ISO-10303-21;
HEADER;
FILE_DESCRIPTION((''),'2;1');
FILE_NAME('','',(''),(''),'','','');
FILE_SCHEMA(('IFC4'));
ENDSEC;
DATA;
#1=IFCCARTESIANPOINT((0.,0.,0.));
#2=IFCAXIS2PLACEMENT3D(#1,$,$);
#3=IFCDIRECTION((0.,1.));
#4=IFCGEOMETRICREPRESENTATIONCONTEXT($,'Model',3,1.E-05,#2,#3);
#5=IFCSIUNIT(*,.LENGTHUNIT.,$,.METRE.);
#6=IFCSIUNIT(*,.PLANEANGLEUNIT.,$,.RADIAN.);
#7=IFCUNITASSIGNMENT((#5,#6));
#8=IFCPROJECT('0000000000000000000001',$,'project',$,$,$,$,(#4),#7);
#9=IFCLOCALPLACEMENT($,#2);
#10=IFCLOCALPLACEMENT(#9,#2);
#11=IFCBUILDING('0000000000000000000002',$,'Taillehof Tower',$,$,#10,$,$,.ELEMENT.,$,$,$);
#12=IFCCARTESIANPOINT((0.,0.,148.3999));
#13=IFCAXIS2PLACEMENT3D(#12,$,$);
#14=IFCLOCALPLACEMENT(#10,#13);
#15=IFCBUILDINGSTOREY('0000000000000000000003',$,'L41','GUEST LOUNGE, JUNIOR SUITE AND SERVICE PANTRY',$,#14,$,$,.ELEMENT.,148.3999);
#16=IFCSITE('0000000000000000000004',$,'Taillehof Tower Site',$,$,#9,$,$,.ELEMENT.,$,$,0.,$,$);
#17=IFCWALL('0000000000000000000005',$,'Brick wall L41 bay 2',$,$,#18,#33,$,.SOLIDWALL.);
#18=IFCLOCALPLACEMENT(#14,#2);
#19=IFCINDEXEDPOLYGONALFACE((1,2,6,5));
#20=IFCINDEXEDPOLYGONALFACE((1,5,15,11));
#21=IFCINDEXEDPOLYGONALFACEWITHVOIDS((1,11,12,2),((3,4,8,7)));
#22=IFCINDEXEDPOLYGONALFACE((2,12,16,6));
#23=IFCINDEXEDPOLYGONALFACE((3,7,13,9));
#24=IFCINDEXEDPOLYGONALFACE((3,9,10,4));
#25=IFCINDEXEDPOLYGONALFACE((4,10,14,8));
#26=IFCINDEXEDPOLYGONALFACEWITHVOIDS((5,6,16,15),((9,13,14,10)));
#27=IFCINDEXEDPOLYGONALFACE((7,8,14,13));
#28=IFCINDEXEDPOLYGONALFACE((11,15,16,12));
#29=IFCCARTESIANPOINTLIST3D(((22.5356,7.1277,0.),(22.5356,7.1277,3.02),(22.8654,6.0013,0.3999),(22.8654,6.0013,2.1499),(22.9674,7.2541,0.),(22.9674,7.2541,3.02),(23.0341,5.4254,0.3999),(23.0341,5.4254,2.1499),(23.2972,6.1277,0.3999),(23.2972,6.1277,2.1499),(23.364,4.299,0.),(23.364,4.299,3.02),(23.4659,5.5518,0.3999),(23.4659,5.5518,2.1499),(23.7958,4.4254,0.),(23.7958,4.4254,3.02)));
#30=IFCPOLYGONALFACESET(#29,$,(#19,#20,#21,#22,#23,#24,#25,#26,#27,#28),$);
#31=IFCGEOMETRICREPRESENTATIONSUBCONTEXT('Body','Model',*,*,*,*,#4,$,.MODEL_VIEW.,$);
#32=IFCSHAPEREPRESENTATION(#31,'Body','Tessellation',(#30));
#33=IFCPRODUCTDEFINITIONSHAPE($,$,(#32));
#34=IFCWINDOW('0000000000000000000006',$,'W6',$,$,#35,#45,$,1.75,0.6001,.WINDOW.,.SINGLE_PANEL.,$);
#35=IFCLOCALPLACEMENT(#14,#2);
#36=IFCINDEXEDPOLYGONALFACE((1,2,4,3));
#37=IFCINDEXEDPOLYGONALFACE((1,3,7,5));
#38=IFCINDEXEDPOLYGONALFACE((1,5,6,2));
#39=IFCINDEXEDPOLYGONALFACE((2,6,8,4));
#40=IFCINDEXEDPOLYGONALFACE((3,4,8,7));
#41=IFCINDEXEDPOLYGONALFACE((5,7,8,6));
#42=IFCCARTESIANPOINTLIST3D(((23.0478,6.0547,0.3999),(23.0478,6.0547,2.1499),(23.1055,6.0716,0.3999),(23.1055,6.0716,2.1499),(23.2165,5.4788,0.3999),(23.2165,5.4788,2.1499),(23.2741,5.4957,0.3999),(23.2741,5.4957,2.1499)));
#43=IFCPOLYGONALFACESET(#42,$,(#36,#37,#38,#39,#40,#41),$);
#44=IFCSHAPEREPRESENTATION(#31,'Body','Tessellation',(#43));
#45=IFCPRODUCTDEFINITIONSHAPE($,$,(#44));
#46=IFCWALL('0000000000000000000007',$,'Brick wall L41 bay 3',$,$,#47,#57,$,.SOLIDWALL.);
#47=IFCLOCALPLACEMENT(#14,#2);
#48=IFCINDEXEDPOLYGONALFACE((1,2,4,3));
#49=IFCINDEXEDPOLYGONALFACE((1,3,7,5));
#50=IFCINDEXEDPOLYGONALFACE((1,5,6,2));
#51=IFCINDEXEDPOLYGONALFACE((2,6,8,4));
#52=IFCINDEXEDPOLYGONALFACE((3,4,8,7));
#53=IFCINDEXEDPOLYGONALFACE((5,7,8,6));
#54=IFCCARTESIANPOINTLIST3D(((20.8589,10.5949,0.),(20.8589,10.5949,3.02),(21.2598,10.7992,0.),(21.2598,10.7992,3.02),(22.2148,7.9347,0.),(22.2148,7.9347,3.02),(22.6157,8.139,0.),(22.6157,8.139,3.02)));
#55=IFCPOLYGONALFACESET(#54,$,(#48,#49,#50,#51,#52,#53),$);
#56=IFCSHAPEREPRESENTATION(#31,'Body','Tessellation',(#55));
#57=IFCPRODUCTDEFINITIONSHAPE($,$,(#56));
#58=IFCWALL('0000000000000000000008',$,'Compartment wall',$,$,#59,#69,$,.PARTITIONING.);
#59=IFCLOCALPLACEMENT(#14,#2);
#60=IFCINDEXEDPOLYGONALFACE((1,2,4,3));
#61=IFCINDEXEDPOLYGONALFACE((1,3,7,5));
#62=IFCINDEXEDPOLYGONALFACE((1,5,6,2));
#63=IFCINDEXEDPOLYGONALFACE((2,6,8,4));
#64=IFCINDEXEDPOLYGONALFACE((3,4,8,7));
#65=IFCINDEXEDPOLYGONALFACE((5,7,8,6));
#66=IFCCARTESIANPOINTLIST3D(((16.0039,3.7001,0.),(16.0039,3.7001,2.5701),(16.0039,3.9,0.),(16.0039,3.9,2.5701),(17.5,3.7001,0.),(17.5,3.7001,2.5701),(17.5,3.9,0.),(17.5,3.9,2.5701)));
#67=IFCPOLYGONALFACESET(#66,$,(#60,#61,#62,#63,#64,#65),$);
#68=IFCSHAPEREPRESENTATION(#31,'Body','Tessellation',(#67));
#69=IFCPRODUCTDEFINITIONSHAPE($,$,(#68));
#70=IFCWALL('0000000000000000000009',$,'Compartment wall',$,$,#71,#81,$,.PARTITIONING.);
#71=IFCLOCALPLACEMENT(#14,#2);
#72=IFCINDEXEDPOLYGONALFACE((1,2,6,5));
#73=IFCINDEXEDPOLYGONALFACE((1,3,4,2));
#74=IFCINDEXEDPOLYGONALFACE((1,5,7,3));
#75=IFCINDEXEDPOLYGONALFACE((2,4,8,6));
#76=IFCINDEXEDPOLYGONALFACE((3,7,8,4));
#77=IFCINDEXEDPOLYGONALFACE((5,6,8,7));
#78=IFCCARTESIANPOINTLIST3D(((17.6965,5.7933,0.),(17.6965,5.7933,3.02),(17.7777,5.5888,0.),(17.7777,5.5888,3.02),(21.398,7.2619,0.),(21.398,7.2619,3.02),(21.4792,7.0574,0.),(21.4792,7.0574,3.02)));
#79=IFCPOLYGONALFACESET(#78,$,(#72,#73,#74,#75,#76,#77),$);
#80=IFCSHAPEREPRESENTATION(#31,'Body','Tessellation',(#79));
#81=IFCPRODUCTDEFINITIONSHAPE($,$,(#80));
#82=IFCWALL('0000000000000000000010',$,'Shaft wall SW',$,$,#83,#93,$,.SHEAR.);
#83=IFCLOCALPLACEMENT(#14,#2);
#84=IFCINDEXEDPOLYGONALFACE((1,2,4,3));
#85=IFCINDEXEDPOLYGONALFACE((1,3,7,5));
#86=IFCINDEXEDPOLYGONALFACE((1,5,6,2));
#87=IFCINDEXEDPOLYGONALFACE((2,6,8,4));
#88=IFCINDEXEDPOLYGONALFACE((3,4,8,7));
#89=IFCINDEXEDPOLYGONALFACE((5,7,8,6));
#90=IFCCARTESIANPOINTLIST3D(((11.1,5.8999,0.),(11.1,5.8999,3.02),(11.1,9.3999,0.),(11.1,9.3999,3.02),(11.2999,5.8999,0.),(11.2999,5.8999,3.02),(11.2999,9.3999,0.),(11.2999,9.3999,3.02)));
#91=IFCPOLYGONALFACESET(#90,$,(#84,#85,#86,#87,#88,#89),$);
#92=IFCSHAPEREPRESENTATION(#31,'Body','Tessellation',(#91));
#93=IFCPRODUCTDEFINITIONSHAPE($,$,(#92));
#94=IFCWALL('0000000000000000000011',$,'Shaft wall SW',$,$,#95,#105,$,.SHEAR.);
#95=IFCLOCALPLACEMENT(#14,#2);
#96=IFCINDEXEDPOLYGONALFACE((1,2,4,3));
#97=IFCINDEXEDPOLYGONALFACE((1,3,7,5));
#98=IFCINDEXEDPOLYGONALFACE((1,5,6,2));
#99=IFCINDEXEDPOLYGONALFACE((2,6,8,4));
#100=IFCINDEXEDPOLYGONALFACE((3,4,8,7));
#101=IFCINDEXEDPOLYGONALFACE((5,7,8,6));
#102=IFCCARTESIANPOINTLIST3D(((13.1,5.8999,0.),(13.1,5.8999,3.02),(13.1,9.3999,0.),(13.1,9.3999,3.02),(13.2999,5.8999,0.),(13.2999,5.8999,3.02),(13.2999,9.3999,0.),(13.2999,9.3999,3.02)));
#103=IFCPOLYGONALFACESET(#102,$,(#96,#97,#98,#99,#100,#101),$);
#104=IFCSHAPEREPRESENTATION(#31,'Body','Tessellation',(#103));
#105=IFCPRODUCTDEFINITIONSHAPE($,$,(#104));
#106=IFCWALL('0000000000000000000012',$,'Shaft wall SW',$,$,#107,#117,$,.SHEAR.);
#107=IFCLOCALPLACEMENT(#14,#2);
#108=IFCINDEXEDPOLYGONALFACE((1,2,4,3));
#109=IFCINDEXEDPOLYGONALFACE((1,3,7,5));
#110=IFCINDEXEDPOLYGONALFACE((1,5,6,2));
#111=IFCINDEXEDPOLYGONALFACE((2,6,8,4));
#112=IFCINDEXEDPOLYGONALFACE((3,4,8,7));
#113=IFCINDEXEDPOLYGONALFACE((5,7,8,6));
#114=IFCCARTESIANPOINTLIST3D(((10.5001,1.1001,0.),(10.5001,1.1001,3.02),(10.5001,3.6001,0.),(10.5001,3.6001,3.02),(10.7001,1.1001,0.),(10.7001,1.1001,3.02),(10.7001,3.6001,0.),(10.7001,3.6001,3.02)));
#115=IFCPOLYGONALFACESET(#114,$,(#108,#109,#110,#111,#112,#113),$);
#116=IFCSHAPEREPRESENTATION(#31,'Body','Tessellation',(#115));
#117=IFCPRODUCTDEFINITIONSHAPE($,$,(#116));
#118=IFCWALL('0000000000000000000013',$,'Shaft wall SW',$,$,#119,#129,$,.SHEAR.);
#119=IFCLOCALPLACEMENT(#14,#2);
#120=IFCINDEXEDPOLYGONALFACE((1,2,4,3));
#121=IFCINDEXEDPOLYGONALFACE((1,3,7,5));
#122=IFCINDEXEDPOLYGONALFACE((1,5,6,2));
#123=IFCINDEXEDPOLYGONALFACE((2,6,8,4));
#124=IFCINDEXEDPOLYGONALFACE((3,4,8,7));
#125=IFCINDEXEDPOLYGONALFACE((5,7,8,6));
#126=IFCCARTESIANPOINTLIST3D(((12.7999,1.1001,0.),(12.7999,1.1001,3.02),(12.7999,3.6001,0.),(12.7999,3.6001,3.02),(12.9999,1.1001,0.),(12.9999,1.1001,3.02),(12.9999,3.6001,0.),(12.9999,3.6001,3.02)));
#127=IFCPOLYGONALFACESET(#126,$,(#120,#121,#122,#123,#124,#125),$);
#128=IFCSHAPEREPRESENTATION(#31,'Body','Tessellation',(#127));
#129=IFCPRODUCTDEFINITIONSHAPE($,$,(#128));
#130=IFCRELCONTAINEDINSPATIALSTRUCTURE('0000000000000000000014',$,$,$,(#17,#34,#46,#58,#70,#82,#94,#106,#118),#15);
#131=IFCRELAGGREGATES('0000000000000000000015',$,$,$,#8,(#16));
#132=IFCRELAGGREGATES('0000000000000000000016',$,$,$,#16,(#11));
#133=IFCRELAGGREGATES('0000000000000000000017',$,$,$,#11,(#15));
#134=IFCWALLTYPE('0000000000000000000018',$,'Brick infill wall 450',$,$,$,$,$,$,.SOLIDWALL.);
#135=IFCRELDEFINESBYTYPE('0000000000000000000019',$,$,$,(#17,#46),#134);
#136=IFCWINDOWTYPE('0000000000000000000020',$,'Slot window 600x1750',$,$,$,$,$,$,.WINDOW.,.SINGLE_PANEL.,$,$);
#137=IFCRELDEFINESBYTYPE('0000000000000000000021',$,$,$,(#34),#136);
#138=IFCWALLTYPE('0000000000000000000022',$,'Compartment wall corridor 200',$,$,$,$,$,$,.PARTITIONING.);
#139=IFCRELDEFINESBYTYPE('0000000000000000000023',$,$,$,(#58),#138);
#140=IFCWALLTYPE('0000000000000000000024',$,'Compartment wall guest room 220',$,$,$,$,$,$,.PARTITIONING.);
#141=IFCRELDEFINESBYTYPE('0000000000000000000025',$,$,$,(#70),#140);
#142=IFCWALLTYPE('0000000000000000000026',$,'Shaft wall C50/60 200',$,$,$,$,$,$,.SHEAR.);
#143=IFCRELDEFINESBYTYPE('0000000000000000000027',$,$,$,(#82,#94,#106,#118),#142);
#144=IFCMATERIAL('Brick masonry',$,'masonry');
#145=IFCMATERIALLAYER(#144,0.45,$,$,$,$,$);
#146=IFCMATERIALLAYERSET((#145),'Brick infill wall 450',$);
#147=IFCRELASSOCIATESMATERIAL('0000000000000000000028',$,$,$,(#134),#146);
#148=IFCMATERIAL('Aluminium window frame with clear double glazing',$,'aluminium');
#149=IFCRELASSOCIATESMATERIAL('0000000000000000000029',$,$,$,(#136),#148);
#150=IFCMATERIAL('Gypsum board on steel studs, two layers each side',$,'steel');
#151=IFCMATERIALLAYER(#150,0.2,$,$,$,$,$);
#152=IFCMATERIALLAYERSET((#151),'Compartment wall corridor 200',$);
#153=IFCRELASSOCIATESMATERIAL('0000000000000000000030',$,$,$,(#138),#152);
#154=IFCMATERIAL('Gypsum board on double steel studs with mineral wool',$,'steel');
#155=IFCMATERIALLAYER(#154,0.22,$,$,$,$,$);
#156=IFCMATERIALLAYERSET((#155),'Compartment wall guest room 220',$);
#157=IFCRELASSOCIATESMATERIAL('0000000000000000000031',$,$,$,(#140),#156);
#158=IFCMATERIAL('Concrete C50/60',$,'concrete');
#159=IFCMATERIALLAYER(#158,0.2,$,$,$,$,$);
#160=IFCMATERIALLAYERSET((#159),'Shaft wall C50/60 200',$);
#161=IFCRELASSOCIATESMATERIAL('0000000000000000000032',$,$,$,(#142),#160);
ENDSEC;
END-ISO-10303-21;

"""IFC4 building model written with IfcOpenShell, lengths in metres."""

from ifc_helpers import new_model, si_unit, direction, frame, frame_2d, origin, place, context, subcontext, project, spatial, rectangle, extrude, material, layer, layer_set, type_object, element, fill, save


model = new_model("IFC4")

# Units and contexts
model_context = context("Model", 3, precision=1e-05, world=origin(), true_north=direction((0.0, 1.0)))
body_context = subcontext(model_context, "Body", "Model", "MODEL_VIEW")
ifc_project = project(units=[si_unit("LENGTHUNIT", "METRE"), si_unit("PLANEANGLEUNIT", "RADIAN")], contexts=[model_context])

# Site, building, storey
site_placement = place(None, origin())
site = spatial("IfcSite", under=ifc_project, at=site_placement, Name="Taillehof Tower Site", CompositionType="ELEMENT", RefElevation=0.0)
building_placement = place(site_placement, origin())
building = spatial("IfcBuilding", under=site, at=building_placement, Name="Taillehof Tower", CompositionType="ELEMENT")
storey_placement = place(building_placement, frame((0.0, 0.0, 148.3999)))
storey = spatial("IfcBuildingStorey", under=building, at=storey_placement, Name="L41", Description="GUEST LOUNGE, JUNIOR SUITE AND SERVICE PANTRY", CompositionType="ELEMENT", Elevation=148.3999)

# Shared definitions
ifc_material_1 = material(Name="Brick masonry", Category="masonry")
ifc_layer_1 = layer(ifc_material_1, 0.45)
ifc_layer_set_1 = layer_set([ifc_layer_1], Name="Brick infill wall 450")
wall_type_1 = type_object("IfcWallType", Name="Brick infill wall 450", PredefinedType="SOLIDWALL", material=ifc_layer_set_1)

# Wall, opening, window
wall_1_placement = place(storey_placement, frame((23.5798, 4.3623, 0.0), z_axis=(0.0, 0.0, 1.0), x_axis=(-0.281049, 0.959693, 0.0)))
wall_1 = element("IfcWall", 1, at=wall_1_placement, inside=storey, type_object=wall_type_1, Name="Brick wall L41 bay 2", PredefinedType="SOLIDWALL", context=body_context, shape_type="SweptSolid", body=[
    extrude(rectangle(XDim=2.9475, YDim=0.45, at=frame_2d((1.4736, 0.0))), origin(), (0.0, 0.0, 1.0), 3.02),
])
opening_placement = place(wall_1_placement, frame((1.1736, 0.0, 0.3999)))
opening = element("IfcOpeningElement", 2, at=opening_placement, cuts=wall_1, PredefinedType="OPENING", context=body_context, shape_type="SweptSolid", body=[
    extrude(rectangle(XDim=0.6001, YDim=1.75, at=frame_2d((0.3, 0.875))), frame((0.0, 0.2349, 0.0), z_axis=(0.0, -1.0, 0.0), x_axis=(1.0, 0.0, 0.0)), (0.0, 0.0, 1.0), 0.47),
])
ifc_material_2 = material(Name="Aluminium window frame with clear double glazing", Category="aluminium")
window_type = type_object("IfcWindowType", Name="Slot window 600x1750", PartitioningType="SINGLE_PANEL", PredefinedType="WINDOW", material=ifc_material_2)
window_placement = place(opening_placement, origin())
window = element("IfcWindow", 3, at=window_placement, inside=storey, type_object=window_type, Name="W6", OverallHeight=1.75, OverallWidth=0.6001, PartitioningType="SINGLE_PANEL", PredefinedType="WINDOW", context=body_context, shape_type="SweptSolid", body=[
    extrude(rectangle(XDim=0.6001, YDim=1.75, at=frame_2d((0.3, 0.875))), frame((0.0, 0.0349, 0.0), z_axis=(0.0, -1.0, 0.0), x_axis=(1.0, 0.0, 0.0)), (0.0, 0.0, 1.0), 0.0601),
])
fill(opening, window)

# Walls
wall_2_placement = place(storey_placement, frame((22.4153, 8.0369, 0.0), z_axis=(0.0, 0.0, 1.0), x_axis=(-0.454134, 0.890933, 0.0)))
element("IfcWall", 4, at=wall_2_placement, inside=storey, type_object=wall_type_1, Name="Brick wall L41 bay 3", PredefinedType="SOLIDWALL", context=body_context, shape_type="SweptSolid", body=[
    extrude(rectangle(XDim=2.9858, YDim=0.45, at=frame_2d((1.4929, 0.0))), origin(), (0.0, 0.0, 1.0), 3.02),
])
ifc_material_3 = material(Name="Gypsum board on steel studs, two layers each side", Category="steel")
ifc_layer_2 = layer(ifc_material_3, 0.2)
ifc_layer_set_2 = layer_set([ifc_layer_2], Name="Compartment wall corridor 200")
wall_type_2 = type_object("IfcWallType", Name="Compartment wall corridor 200", PredefinedType="PARTITIONING", material=ifc_layer_set_2)
wall_3_placement = place(storey_placement, frame((17.5, 3.8, 0.0), z_axis=(0.0, 0.0, 1.0), x_axis=(-1.0, 0.0, 0.0)))
element("IfcWall", 5, at=wall_3_placement, inside=storey, type_object=wall_type_2, Name="Compartment wall", PredefinedType="PARTITIONING", context=body_context, shape_type="SweptSolid", body=[
    extrude(rectangle(XDim=1.4961, YDim=0.2, at=frame_2d((0.748, 0.0))), origin(), (0.0, 0.0, 1.0), 2.5701),
])
ifc_material_4 = material(Name="Gypsum board on double steel studs with mineral wool", Category="steel")
ifc_layer_3 = layer(ifc_material_4, 0.22)
ifc_layer_set_3 = layer_set([ifc_layer_3], Name="Compartment wall guest room 220")
wall_type_3 = type_object("IfcWallType", Name="Compartment wall guest room 220", PredefinedType="PARTITIONING", material=ifc_layer_set_3)
wall_4_placement = place(storey_placement, frame((21.4387, 7.1597, 0.0), z_axis=(0.0, 0.0, 1.0), x_axis=(-0.929517, -0.368778, 0.0)))
element("IfcWall", 6, at=wall_4_placement, inside=storey, type_object=wall_type_3, Name="Compartment wall", PredefinedType="PARTITIONING", context=body_context, shape_type="SweptSolid", body=[
    extrude(rectangle(XDim=3.9822, YDim=0.22, at=frame_2d((1.9912, 0.0))), origin(), (0.0, 0.0, 1.0), 3.02),
])
ifc_material_5 = material(Name="Concrete C50/60", Category="concrete")
ifc_layer_4 = layer(ifc_material_5, 0.2)
ifc_layer_set_4 = layer_set([ifc_layer_4], Name="Shaft wall C50/60 200")
wall_type_4 = type_object("IfcWallType", Name="Shaft wall C50/60 200", PredefinedType="SHEAR", material=ifc_layer_set_4)
for number, where, z_axis, x_axis, name in (
    (7, (11.2, 5.8999, 0.0), (0.0, 0.0, 1.0), (0.0, 1.0, 0.0), "Shaft wall SW"),
    (8, (13.2, 5.8999, 0.0), (0.0, 0.0, 1.0), (0.0, 1.0, 0.0), "Shaft wall SW"),
):
    element("IfcWall", number, at=place(storey_placement, frame(where, z_axis=z_axis, x_axis=x_axis)), inside=storey, type_object=wall_type_4, Name=name, PredefinedType="SHEAR", context=body_context, shape_type="SweptSolid", body=[
        extrude(rectangle(XDim=3.5, YDim=0.2, at=frame_2d((1.75, 0.0))), origin(), (0.0, 0.0, 1.0), 3.02),
    ])
for number, where, z_axis, x_axis, name in (
    (9, (10.6001, 1.1001, 0.0), (0.0, 0.0, 1.0), (0.0, 1.0, 0.0), "Shaft wall SW"),
    (10, (12.8999, 1.1001, 0.0), (0.0, 0.0, 1.0), (0.0, 1.0, 0.0), "Shaft wall SW"),
):
    element("IfcWall", number, at=place(storey_placement, frame(where, z_axis=z_axis, x_axis=x_axis)), inside=storey, type_object=wall_type_4, Name=name, PredefinedType="SHEAR", context=body_context, shape_type="SweptSolid", body=[
        extrude(rectangle(XDim=2.5, YDim=0.2, at=frame_2d((1.25, 0.0))), origin(), (0.0, 0.0, 1.0), 3.02),
    ])

save(model, "model.ifc")
